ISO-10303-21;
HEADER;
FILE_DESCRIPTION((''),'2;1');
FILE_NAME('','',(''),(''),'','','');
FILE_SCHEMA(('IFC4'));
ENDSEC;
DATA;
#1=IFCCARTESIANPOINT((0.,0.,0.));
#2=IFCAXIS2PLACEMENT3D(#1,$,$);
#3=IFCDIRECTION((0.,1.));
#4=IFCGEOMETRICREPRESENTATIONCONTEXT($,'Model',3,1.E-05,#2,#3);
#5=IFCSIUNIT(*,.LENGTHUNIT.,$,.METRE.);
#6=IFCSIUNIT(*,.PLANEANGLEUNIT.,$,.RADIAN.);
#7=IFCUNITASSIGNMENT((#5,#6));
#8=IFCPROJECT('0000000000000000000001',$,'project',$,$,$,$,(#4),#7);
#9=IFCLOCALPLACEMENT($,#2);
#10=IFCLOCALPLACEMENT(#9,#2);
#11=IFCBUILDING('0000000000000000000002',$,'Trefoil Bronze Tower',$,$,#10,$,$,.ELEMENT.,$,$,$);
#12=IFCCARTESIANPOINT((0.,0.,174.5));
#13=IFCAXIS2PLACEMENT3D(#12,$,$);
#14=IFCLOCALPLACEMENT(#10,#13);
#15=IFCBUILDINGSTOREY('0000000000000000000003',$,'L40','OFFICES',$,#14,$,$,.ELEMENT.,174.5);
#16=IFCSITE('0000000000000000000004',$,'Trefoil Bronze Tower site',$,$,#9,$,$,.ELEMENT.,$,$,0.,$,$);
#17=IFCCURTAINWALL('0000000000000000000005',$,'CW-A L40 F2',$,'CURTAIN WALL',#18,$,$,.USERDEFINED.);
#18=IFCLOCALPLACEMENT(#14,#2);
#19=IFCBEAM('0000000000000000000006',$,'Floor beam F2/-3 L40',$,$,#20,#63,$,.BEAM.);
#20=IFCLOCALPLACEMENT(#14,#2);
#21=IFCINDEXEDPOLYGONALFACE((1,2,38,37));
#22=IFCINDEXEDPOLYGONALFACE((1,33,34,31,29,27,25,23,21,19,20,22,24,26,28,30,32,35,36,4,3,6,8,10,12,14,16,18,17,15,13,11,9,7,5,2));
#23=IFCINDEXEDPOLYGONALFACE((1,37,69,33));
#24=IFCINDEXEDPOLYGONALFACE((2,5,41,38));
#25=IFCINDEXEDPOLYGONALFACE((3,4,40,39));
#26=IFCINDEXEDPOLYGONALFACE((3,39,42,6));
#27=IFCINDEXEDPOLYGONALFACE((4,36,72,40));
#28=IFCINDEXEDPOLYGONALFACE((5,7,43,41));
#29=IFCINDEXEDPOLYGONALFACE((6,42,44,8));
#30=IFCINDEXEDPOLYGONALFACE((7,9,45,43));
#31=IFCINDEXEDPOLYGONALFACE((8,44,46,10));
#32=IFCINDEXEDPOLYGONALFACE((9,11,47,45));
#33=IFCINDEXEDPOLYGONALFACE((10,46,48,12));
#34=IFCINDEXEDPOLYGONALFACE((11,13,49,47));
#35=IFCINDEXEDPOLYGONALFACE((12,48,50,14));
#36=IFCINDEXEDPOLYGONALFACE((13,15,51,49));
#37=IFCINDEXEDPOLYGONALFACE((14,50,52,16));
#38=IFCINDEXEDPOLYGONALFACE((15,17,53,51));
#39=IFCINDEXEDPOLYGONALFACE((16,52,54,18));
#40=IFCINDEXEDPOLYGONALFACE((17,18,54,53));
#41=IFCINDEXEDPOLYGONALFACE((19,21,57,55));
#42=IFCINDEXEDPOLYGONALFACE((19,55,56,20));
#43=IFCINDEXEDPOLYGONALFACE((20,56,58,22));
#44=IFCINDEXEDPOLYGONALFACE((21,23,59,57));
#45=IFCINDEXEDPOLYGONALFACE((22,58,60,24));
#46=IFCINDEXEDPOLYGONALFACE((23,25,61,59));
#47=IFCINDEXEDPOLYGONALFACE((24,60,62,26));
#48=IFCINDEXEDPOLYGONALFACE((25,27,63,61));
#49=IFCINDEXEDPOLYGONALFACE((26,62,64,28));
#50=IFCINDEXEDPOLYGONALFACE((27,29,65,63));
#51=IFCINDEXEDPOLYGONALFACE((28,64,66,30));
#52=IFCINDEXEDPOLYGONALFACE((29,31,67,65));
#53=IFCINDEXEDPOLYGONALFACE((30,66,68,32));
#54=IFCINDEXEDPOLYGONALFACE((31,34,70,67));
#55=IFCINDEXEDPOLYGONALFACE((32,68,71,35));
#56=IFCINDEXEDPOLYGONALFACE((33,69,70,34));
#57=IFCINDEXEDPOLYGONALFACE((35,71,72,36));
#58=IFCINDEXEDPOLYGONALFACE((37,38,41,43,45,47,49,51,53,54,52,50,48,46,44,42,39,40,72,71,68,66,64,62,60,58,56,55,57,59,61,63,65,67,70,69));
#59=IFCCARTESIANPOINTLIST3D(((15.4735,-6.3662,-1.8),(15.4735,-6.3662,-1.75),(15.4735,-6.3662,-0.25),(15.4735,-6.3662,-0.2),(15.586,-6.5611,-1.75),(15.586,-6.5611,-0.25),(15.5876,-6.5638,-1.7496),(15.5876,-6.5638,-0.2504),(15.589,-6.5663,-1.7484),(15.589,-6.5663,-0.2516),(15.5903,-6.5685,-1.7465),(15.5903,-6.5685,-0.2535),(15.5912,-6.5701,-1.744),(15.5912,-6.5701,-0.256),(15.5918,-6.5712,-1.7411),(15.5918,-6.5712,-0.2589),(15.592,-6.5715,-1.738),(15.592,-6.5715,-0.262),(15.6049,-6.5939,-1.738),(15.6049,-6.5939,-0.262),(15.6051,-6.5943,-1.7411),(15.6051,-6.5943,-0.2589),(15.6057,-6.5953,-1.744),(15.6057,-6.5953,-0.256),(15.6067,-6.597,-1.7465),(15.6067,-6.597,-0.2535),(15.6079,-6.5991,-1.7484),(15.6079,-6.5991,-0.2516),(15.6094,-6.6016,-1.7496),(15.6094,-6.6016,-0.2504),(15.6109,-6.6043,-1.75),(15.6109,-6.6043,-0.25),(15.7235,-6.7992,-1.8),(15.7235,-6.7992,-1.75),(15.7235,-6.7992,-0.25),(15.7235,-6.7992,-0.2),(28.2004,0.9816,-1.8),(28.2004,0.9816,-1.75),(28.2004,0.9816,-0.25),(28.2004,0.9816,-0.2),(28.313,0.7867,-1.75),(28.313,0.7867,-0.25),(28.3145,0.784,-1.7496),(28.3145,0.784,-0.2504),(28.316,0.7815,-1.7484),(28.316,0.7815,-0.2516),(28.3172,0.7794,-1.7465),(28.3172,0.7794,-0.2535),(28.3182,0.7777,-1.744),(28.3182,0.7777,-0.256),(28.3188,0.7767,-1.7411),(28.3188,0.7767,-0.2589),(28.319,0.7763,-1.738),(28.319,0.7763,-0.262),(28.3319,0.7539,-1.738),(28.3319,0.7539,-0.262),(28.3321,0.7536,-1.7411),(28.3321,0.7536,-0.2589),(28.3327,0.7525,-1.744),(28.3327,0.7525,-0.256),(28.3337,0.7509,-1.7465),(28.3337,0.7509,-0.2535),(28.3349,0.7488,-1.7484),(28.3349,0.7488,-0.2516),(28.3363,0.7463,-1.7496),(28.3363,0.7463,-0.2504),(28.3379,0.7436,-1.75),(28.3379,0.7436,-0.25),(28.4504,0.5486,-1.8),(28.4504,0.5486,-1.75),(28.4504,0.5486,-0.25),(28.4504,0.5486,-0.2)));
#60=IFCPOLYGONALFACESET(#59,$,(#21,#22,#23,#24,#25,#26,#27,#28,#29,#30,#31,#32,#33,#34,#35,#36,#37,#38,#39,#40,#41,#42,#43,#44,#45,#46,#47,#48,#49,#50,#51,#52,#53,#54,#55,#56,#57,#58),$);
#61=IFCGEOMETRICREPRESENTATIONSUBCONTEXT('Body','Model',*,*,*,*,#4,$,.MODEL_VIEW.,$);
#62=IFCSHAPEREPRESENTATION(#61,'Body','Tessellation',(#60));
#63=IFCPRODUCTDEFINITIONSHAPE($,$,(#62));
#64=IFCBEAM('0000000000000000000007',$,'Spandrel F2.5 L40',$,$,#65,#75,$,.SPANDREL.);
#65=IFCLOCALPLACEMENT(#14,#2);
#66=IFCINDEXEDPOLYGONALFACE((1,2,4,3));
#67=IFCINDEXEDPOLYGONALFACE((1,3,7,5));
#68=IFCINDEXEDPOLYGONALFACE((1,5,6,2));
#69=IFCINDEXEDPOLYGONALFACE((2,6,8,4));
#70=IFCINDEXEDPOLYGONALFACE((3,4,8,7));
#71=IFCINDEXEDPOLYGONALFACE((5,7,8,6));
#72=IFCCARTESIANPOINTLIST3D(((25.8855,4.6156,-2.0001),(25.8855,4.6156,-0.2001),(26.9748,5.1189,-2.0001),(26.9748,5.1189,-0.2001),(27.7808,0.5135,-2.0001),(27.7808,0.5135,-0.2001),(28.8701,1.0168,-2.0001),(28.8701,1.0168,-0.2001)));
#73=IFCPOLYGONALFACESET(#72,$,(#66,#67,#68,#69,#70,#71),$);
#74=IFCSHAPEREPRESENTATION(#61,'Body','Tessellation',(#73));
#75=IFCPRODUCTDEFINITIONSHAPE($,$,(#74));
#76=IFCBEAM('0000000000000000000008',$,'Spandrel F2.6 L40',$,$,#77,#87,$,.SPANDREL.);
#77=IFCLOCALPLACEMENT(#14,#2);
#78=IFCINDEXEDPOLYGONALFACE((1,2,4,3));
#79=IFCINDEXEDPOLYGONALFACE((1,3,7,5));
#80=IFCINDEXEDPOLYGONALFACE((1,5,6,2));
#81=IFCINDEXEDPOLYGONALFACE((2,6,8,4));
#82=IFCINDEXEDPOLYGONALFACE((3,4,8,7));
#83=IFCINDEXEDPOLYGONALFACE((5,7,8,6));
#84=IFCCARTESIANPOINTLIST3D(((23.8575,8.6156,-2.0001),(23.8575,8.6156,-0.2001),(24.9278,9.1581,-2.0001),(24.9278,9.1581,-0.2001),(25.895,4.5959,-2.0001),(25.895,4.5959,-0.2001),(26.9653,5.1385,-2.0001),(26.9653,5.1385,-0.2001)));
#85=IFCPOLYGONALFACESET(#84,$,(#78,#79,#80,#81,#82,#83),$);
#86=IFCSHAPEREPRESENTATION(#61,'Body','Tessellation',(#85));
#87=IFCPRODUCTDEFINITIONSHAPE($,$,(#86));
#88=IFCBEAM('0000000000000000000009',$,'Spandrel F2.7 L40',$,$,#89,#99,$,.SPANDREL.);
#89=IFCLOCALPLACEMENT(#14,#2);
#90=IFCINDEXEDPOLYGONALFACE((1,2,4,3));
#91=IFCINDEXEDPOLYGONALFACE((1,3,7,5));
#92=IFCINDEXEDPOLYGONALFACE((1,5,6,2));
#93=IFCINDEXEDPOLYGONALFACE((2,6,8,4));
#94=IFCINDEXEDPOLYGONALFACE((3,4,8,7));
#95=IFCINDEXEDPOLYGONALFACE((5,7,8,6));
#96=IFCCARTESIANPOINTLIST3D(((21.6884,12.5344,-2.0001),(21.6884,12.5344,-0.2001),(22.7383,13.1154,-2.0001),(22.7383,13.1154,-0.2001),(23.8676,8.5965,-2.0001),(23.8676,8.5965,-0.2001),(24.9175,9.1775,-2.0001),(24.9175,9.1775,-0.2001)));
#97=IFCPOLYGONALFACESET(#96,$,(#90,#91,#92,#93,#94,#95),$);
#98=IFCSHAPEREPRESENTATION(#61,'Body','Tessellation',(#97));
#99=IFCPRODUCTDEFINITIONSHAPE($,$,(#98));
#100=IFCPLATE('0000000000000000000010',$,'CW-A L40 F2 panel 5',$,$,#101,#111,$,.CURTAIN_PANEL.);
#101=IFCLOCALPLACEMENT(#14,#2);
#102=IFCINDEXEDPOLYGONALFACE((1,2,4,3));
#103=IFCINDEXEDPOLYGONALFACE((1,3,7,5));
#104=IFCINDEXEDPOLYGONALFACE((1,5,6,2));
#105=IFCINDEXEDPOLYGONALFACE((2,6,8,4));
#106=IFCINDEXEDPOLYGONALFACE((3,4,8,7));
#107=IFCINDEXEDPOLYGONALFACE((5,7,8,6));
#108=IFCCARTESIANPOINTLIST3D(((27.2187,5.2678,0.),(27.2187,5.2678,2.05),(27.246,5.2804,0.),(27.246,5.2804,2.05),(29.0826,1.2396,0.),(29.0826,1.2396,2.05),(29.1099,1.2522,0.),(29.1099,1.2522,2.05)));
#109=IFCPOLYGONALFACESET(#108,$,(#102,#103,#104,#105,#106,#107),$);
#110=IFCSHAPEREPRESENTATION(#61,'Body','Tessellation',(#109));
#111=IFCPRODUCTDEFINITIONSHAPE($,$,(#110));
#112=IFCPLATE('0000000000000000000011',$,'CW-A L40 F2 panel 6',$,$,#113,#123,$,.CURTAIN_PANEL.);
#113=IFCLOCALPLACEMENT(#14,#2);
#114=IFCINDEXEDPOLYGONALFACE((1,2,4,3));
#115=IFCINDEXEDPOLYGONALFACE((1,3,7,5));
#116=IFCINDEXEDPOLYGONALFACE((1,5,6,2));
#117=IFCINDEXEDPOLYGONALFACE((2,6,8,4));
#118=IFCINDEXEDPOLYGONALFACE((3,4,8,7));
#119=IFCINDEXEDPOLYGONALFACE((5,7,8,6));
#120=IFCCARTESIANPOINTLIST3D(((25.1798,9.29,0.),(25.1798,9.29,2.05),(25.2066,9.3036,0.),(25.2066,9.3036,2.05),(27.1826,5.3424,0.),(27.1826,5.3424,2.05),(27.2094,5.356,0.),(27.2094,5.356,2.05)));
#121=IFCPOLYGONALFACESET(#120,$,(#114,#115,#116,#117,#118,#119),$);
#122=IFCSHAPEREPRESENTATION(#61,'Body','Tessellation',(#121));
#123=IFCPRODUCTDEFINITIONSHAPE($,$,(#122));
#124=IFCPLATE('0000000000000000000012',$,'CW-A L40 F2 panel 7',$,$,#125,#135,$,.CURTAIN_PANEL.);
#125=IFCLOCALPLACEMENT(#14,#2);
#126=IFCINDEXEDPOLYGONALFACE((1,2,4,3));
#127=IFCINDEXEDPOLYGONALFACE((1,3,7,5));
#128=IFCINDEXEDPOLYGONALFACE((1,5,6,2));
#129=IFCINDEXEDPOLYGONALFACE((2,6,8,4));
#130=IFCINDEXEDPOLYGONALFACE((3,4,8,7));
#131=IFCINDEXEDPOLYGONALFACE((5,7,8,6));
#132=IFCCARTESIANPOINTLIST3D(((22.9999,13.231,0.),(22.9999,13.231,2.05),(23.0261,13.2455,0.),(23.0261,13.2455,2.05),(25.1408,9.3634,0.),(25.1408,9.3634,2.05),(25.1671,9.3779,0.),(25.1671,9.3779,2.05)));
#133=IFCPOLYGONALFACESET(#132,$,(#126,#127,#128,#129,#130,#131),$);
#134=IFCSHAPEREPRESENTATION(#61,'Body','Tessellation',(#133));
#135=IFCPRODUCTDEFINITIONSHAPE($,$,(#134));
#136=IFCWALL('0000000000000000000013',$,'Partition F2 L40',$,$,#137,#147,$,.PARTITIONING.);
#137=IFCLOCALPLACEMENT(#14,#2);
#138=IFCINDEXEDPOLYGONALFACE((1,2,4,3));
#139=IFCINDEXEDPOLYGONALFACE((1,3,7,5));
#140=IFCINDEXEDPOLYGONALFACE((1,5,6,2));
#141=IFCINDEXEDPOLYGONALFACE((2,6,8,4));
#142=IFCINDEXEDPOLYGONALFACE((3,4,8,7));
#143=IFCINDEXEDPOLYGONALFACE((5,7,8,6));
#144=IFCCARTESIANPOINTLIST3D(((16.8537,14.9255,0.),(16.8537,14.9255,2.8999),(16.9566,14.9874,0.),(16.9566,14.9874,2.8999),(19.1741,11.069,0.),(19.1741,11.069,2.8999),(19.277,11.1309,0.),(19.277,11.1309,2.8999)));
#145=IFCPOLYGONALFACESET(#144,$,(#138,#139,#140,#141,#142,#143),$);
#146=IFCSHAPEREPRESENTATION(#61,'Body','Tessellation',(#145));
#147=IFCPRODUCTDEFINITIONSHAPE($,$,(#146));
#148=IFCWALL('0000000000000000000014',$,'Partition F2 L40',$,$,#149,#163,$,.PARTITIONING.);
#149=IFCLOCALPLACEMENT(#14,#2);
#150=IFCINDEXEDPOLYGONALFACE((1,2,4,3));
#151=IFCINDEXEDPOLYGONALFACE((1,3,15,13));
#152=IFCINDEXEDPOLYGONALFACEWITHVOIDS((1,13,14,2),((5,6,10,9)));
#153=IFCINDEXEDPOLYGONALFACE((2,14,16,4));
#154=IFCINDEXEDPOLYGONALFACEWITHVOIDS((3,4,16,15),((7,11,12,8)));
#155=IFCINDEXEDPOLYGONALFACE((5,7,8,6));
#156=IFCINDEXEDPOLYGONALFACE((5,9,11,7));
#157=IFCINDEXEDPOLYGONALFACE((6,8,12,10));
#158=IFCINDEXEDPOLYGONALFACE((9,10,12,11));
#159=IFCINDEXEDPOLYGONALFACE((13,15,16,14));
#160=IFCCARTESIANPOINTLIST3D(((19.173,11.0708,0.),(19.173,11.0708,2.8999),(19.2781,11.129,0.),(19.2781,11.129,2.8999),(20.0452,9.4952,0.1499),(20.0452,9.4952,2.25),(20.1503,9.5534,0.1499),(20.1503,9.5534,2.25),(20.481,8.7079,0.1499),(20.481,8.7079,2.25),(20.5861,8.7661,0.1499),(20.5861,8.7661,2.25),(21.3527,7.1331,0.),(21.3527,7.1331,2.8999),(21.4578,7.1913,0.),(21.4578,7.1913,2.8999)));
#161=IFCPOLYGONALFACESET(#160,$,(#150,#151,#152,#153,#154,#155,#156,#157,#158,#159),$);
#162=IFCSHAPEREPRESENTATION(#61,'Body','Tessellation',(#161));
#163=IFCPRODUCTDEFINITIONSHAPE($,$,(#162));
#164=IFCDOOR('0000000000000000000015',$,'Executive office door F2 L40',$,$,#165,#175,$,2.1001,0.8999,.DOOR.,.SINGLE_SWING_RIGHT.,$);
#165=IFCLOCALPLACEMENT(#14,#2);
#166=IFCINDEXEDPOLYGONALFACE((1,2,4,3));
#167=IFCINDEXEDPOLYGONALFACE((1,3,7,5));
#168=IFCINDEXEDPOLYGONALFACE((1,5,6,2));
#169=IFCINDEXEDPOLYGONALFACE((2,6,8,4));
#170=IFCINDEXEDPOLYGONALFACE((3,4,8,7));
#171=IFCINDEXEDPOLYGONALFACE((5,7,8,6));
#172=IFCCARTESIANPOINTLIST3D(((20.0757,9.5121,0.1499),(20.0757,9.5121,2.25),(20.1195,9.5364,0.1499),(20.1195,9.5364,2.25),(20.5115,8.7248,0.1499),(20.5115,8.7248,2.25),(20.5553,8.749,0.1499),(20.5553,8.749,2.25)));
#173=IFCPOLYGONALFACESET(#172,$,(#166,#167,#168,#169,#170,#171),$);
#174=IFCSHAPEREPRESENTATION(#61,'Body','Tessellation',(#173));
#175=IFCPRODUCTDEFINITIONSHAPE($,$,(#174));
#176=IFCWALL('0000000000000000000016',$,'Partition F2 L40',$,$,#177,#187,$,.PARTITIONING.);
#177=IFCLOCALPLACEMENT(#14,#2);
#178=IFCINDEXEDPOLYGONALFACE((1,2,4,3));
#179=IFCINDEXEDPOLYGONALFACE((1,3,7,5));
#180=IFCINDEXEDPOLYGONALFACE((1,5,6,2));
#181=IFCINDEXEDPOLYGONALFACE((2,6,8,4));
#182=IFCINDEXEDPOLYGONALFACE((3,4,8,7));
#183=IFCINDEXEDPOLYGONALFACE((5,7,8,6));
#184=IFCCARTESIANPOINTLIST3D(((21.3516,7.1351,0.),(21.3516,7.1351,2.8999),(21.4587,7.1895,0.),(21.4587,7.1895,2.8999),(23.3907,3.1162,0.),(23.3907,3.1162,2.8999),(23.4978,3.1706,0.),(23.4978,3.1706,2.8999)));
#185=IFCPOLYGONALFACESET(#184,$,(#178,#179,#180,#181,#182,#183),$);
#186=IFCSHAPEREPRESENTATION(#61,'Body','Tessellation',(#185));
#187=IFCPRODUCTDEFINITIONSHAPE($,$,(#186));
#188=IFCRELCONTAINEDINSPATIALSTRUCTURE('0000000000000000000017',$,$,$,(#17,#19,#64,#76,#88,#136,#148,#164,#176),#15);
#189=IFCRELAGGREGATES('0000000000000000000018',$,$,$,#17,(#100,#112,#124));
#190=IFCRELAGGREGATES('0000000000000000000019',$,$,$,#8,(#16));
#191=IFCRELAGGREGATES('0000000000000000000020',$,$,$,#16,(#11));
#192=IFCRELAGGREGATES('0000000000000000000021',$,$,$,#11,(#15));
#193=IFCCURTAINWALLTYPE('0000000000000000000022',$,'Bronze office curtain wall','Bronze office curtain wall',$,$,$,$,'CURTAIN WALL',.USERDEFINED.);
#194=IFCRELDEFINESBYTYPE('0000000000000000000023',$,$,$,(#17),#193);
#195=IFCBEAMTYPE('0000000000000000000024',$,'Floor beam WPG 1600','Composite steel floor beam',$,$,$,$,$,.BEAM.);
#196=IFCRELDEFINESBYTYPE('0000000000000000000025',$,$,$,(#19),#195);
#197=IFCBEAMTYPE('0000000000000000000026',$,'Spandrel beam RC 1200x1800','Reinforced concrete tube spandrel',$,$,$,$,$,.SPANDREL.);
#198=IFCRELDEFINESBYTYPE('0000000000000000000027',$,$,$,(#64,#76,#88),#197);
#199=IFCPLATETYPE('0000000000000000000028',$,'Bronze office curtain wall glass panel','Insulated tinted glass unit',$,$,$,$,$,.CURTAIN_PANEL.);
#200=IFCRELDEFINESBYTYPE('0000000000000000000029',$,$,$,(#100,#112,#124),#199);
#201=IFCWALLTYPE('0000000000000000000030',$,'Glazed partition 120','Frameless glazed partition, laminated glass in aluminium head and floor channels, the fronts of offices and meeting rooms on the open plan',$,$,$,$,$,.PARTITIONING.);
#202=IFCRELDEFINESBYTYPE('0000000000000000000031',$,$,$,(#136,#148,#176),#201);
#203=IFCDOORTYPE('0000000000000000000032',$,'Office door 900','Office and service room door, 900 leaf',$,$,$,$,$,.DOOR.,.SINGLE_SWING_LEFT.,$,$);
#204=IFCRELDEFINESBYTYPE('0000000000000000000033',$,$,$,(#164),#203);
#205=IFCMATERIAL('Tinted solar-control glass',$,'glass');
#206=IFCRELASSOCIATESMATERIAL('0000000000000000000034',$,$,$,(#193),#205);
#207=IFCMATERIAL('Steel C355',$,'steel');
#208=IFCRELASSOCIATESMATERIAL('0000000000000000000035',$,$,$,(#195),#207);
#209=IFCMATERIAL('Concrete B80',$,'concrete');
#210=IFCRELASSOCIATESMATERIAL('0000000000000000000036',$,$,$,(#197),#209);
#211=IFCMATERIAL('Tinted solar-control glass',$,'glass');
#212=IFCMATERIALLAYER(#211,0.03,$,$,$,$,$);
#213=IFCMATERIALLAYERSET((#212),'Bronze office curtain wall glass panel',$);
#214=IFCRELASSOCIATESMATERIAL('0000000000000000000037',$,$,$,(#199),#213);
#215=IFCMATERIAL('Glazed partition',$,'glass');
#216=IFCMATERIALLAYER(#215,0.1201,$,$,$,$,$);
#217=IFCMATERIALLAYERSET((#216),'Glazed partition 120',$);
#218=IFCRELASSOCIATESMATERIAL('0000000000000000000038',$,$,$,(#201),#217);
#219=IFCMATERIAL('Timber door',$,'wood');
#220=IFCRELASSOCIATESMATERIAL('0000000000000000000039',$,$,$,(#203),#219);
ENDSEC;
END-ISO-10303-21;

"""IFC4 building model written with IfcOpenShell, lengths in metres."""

from ifc_helpers import new_model, si_unit, direction, frame, frame_2d, origin, origin_2d, place, context, subcontext, project, spatial, rectangle, i_section, extrude, material, layer, layer_set, material_profile, profile_set, type_object, element, fill, aggregate, save


model = new_model("IFC4")

# Units and contexts
model_context = context("Model", 3, precision=1e-05, world=origin(), true_north=direction((0.0, 1.0)))
body_context = subcontext(model_context, "Body", "Model", "MODEL_VIEW")
ifc_project = project(units=[si_unit("LENGTHUNIT", "METRE"), si_unit("PLANEANGLEUNIT", "RADIAN")], contexts=[model_context])

# Site, building, storey
site_placement = place(None, origin())
site = spatial("IfcSite", under=ifc_project, at=site_placement, Name="Trefoil Bronze Tower site", CompositionType="ELEMENT", RefElevation=0.0)
building_placement = place(site_placement, origin())
building = spatial("IfcBuilding", under=site, at=building_placement, Name="Trefoil Bronze Tower", CompositionType="ELEMENT")
storey_placement = place(building_placement, frame((0.0, 0.0, 174.5)))
storey = spatial("IfcBuildingStorey", under=building, at=storey_placement, Name="L40", Description="OFFICES", CompositionType="ELEMENT", Elevation=174.5)

# Curtain wall
ifc_material_1 = material(Name="Tinted solar-control glass", Category="glass")
curtain_wall_type = type_object("IfcCurtainWallType", Name="Bronze office curtain wall", Description="Bronze office curtain wall", ElementType="CURTAIN WALL", PredefinedType="USERDEFINED", material=ifc_material_1)
curtain_wall_placement = place(storey_placement, origin())
curtain_wall = element("IfcCurtainWall", 1, at=curtain_wall_placement, inside=storey, type_object=curtain_wall_type, Name="CW-A L40 F2", ObjectType="CURTAIN WALL", PredefinedType="USERDEFINED")

# Beams
ifc_material_2 = material(Name="Steel C355", Category="steel")
ifc_material_profile_1 = material_profile(ifc_material_2, i_section(OverallWidth=0.5, OverallDepth=1.6001, WebThickness=0.0259, FlangeThickness=0.05, FilletRadius=0.012, at=origin_2d()), Name="WPG 1600")
ifc_profile_set_1 = profile_set([ifc_material_profile_1], Name="Steel C355")
beam_type_1 = type_object("IfcBeamType", Name="Floor beam WPG 1600", Description="Composite steel floor beam", PredefinedType="BEAM", material=ifc_profile_set_1)
beam_1_placement = place(storey_placement, frame((28.3254, 0.7651, -1.0), z_axis=(-0.866027, -0.499997, 0.0), x_axis=(0.499997, -0.866027, 0.0)))
element("IfcBeam", 2, at=beam_1_placement, inside=storey, type_object=beam_type_1, Name="Floor beam F2/-3 L40", PredefinedType="BEAM", context=body_context, shape_type="SweptSolid", body=[
    extrude(i_section(OverallWidth=0.5, OverallDepth=1.6001, WebThickness=0.0259, FlangeThickness=0.05, FilletRadius=0.012, at=origin_2d()), origin(), (0.0, 0.0, 1.0), 14.6958),
])
ifc_material_3 = material(Name="Concrete B80", Category="concrete")
ifc_material_profile_2 = material_profile(ifc_material_3, rectangle(XDim=1.2, YDim=1.8, at=origin_2d()), Name="RC 1200x1800")
ifc_profile_set_2 = profile_set([ifc_material_profile_2], Name="Concrete B80")
beam_type_2 = type_object("IfcBeamType", Name="Spandrel beam RC 1200x1800", Description="Reinforced concrete tube spandrel", PredefinedType="SPANDREL", material=ifc_profile_set_2)
beam_2_placement = place(storey_placement, frame((28.3254, 0.7651, -1.1001), z_axis=(-0.419425, 0.90779, 0.0), x_axis=(-0.90779, -0.419425, 0.0)))
element("IfcBeam", 3, at=beam_2_placement, inside=storey, type_object=beam_type_2, Name="Spandrel F2.5 L40", PredefinedType="SPANDREL", context=body_context, shape_type="SweptSolid", body=[
    extrude(rectangle(XDim=1.2, YDim=1.8, at=origin_2d()), origin(), (0.0, 0.0, 1.0), 4.5188),
])
beam_3_placement = place(storey_placement, frame((26.4302, 4.8672, -1.1001), z_axis=(-0.452126, 0.891954, 0.0), x_axis=(-0.891954, -0.452126, 0.0)))
element("IfcBeam", 4, at=beam_3_placement, inside=storey, type_object=beam_type_2, Name="Spandrel F2.6 L40", PredefinedType="SPANDREL", context=body_context, shape_type="SweptSolid", body=[
    extrude(rectangle(XDim=1.2, YDim=1.8, at=origin_2d()), origin(), (0.0, 0.0, 1.0), 4.5066),
])
beam_4_placement = place(storey_placement, frame((24.3926, 8.887, -1.1001), z_axis=(-0.484187, 0.874965, 0.0), x_axis=(-0.874965, -0.484187, 0.0)))
element("IfcBeam", 5, at=beam_4_placement, inside=storey, type_object=beam_type_2, Name="Spandrel F2.7 L40", PredefinedType="SPANDREL", context=body_context, shape_type="SweptSolid", body=[
    extrude(rectangle(XDim=1.2, YDim=1.8, at=origin_2d()), origin(), (0.0, 0.0, 1.0), 4.5007),
])

# Plates
ifc_material_4 = material(Name="Tinted solar-control glass", Category="glass")
ifc_layer_1 = layer(ifc_material_4, 0.03)
ifc_layer_set_1 = layer_set([ifc_layer_1], Name="Bronze office curtain wall glass panel")
plate_type = type_object("IfcPlateType", Name="Bronze office curtain wall glass panel", Description="Insulated tinted glass unit", PredefinedType="CURTAIN_PANEL", material=ifc_layer_set_1)
plate_1_placement = place(storey_placement, frame((28.1643, 3.26, 0.0), z_axis=(0.0, 0.0, 1.0), x_axis=(-0.419933, 0.907555, 0.0)))
plate_1 = element("IfcPlate", 6, at=plate_1_placement, type_object=plate_type, Name="CW-A L40 F2 panel 5", PredefinedType="CURTAIN_PANEL", context=body_context, shape_type="SweptSolid", body=[
    extrude(rectangle(XDim=4.4385, YDim=0.03, at=origin_2d()), origin(), (0.0, 0.0, 1.0), 2.05),
])
plate_2_placement = place(storey_placement, frame((26.1946, 7.323, 0.0), z_axis=(0.0, 0.0, 1.0), x_axis=(-0.452449, 0.89179, 0.0)))
plate_2 = element("IfcPlate", 7, at=plate_2_placement, type_object=plate_type, Name="CW-A L40 F2 panel 6", PredefinedType="CURTAIN_PANEL", context=body_context, shape_type="SweptSolid", body=[
    extrude(rectangle(XDim=4.4265, YDim=0.03, at=origin_2d()), origin(), (0.0, 0.0, 1.0), 2.05),
])
plate_3_placement = place(storey_placement, frame((24.0835, 11.3044, 0.0), z_axis=(0.0, 0.0, 1.0), x_axis=(-0.484312, 0.874895, 0.0)))
plate_3 = element("IfcPlate", 8, at=plate_3_placement, type_object=plate_type, Name="CW-A L40 F2 panel 7", PredefinedType="CURTAIN_PANEL", context=body_context, shape_type="SweptSolid", body=[
    extrude(rectangle(XDim=4.4207, YDim=0.03, at=origin_2d()), origin(), (0.0, 0.0, 1.0), 2.05),
])
aggregate(curtain_wall, [plate_1, plate_2, plate_3])

# Wall
ifc_material_5 = material(Name="Glazed partition", Category="glass")
ifc_layer_2 = layer(ifc_material_5, 0.1201)
ifc_layer_set_2 = layer_set([ifc_layer_2], Name="Glazed partition 120")
wall_type_1 = type_object("IfcWallType", Name="Glazed partition 120", Description="Frameless glazed partition, laminated glass in aluminium head and floor channels, the fronts of offices and meeting rooms on the open plan", PredefinedType="PARTITIONING", material=ifc_layer_set_2)
wall_1_placement = place(storey_placement, frame((19.2256, 11.0999, 0.0), z_axis=(0.0, 0.0, 1.0), x_axis=(-0.515548, 0.85686, 0.0)))
element("IfcWall", 9, at=wall_1_placement, inside=storey, type_object=wall_type_1, Name="Partition F2 L40", PredefinedType="PARTITIONING", context=body_context, shape_type="SweptSolid", body=[
    extrude(rectangle(XDim=4.5007, YDim=0.1201, at=frame_2d((2.2505, 0.0))), origin(), (0.0, 0.0, 1.0), 2.8999),
])

# Wall, opening, door
wall_2_placement = place(storey_placement, frame((21.4053, 7.1621, 0.0), z_axis=(0.0, 0.0, 1.0), x_axis=(-0.484293, 0.874906, 0.0)))
wall_2 = element("IfcWall", 10, at=wall_2_placement, inside=storey, type_object=wall_type_1, Name="Partition F2 L40", PredefinedType="PARTITIONING", context=body_context, shape_type="SweptSolid", body=[
    extrude(rectangle(XDim=4.5007, YDim=0.1201, at=frame_2d((2.2505, 0.0))), origin(), (0.0, 0.0, 1.0), 2.8999),
])
opening_1_placement = place(wall_2_placement, frame((1.8, 0.0, 0.1499)))
opening_1 = element("IfcOpeningElement", 11, at=opening_1_placement, cuts=wall_2, PredefinedType="OPENING", context=body_context, shape_type="SweptSolid", body=[
    extrude(rectangle(XDim=0.8999, YDim=2.1001, at=frame_2d((0.45, 1.05))), frame((0.0, 0.0701, 0.0), z_axis=(0.0, -1.0, 0.0), x_axis=(1.0, 0.0, 0.0)), (0.0, 0.0, 1.0), 0.1401),
])
ifc_material_6 = material(Name="Timber door", Category="wood")
door_type_1 = type_object("IfcDoorType", Name="Office door 900", Description="Office and service room door, 900 leaf", OperationType="SINGLE_SWING_LEFT", PredefinedType="DOOR", material=ifc_material_6)
door_1_placement = place(opening_1_placement, frame((0.8999, 0.0, 0.0), z_axis=(0.0, 0.0, 1.0), x_axis=(-1.0, 0.0, 0.0)))
door_1 = element("IfcDoor", 12, at=door_1_placement, inside=storey, type_object=door_type_1, Name="Executive office door F2 L40", OperationType="SINGLE_SWING_RIGHT", OverallHeight=2.1001, OverallWidth=0.8999, PredefinedType="DOOR", context=body_context, shape_type="SweptSolid", body=[
    extrude(rectangle(XDim=0.8999, YDim=2.1001, at=frame_2d((0.45, 1.05))), frame((0.0, 0.0249, 0.0), z_axis=(0.0, -1.0, 0.0), x_axis=(1.0, 0.0, 0.0)), (0.0, 0.0, 1.0), 0.05),
])
fill(opening_1, door_1)

# Wall
wall_3_placement = place(storey_placement, frame((23.4443, 3.1433, 0.0), z_axis=(0.0, 0.0, 1.0), x_axis=(-0.452472, 0.891779, 0.0)))
element("IfcWall", 13, at=wall_3_placement, inside=storey, type_object=wall_type_1, Name="Partition F2 L40", PredefinedType="PARTITIONING", context=body_context, shape_type="SweptSolid", body=[
    extrude(rectangle(XDim=4.5066, YDim=0.1201, at=frame_2d((2.2534, 0.0))), origin(), (0.0, 0.0, 1.0), 2.8999),
])

save(model, "model.ifc")
